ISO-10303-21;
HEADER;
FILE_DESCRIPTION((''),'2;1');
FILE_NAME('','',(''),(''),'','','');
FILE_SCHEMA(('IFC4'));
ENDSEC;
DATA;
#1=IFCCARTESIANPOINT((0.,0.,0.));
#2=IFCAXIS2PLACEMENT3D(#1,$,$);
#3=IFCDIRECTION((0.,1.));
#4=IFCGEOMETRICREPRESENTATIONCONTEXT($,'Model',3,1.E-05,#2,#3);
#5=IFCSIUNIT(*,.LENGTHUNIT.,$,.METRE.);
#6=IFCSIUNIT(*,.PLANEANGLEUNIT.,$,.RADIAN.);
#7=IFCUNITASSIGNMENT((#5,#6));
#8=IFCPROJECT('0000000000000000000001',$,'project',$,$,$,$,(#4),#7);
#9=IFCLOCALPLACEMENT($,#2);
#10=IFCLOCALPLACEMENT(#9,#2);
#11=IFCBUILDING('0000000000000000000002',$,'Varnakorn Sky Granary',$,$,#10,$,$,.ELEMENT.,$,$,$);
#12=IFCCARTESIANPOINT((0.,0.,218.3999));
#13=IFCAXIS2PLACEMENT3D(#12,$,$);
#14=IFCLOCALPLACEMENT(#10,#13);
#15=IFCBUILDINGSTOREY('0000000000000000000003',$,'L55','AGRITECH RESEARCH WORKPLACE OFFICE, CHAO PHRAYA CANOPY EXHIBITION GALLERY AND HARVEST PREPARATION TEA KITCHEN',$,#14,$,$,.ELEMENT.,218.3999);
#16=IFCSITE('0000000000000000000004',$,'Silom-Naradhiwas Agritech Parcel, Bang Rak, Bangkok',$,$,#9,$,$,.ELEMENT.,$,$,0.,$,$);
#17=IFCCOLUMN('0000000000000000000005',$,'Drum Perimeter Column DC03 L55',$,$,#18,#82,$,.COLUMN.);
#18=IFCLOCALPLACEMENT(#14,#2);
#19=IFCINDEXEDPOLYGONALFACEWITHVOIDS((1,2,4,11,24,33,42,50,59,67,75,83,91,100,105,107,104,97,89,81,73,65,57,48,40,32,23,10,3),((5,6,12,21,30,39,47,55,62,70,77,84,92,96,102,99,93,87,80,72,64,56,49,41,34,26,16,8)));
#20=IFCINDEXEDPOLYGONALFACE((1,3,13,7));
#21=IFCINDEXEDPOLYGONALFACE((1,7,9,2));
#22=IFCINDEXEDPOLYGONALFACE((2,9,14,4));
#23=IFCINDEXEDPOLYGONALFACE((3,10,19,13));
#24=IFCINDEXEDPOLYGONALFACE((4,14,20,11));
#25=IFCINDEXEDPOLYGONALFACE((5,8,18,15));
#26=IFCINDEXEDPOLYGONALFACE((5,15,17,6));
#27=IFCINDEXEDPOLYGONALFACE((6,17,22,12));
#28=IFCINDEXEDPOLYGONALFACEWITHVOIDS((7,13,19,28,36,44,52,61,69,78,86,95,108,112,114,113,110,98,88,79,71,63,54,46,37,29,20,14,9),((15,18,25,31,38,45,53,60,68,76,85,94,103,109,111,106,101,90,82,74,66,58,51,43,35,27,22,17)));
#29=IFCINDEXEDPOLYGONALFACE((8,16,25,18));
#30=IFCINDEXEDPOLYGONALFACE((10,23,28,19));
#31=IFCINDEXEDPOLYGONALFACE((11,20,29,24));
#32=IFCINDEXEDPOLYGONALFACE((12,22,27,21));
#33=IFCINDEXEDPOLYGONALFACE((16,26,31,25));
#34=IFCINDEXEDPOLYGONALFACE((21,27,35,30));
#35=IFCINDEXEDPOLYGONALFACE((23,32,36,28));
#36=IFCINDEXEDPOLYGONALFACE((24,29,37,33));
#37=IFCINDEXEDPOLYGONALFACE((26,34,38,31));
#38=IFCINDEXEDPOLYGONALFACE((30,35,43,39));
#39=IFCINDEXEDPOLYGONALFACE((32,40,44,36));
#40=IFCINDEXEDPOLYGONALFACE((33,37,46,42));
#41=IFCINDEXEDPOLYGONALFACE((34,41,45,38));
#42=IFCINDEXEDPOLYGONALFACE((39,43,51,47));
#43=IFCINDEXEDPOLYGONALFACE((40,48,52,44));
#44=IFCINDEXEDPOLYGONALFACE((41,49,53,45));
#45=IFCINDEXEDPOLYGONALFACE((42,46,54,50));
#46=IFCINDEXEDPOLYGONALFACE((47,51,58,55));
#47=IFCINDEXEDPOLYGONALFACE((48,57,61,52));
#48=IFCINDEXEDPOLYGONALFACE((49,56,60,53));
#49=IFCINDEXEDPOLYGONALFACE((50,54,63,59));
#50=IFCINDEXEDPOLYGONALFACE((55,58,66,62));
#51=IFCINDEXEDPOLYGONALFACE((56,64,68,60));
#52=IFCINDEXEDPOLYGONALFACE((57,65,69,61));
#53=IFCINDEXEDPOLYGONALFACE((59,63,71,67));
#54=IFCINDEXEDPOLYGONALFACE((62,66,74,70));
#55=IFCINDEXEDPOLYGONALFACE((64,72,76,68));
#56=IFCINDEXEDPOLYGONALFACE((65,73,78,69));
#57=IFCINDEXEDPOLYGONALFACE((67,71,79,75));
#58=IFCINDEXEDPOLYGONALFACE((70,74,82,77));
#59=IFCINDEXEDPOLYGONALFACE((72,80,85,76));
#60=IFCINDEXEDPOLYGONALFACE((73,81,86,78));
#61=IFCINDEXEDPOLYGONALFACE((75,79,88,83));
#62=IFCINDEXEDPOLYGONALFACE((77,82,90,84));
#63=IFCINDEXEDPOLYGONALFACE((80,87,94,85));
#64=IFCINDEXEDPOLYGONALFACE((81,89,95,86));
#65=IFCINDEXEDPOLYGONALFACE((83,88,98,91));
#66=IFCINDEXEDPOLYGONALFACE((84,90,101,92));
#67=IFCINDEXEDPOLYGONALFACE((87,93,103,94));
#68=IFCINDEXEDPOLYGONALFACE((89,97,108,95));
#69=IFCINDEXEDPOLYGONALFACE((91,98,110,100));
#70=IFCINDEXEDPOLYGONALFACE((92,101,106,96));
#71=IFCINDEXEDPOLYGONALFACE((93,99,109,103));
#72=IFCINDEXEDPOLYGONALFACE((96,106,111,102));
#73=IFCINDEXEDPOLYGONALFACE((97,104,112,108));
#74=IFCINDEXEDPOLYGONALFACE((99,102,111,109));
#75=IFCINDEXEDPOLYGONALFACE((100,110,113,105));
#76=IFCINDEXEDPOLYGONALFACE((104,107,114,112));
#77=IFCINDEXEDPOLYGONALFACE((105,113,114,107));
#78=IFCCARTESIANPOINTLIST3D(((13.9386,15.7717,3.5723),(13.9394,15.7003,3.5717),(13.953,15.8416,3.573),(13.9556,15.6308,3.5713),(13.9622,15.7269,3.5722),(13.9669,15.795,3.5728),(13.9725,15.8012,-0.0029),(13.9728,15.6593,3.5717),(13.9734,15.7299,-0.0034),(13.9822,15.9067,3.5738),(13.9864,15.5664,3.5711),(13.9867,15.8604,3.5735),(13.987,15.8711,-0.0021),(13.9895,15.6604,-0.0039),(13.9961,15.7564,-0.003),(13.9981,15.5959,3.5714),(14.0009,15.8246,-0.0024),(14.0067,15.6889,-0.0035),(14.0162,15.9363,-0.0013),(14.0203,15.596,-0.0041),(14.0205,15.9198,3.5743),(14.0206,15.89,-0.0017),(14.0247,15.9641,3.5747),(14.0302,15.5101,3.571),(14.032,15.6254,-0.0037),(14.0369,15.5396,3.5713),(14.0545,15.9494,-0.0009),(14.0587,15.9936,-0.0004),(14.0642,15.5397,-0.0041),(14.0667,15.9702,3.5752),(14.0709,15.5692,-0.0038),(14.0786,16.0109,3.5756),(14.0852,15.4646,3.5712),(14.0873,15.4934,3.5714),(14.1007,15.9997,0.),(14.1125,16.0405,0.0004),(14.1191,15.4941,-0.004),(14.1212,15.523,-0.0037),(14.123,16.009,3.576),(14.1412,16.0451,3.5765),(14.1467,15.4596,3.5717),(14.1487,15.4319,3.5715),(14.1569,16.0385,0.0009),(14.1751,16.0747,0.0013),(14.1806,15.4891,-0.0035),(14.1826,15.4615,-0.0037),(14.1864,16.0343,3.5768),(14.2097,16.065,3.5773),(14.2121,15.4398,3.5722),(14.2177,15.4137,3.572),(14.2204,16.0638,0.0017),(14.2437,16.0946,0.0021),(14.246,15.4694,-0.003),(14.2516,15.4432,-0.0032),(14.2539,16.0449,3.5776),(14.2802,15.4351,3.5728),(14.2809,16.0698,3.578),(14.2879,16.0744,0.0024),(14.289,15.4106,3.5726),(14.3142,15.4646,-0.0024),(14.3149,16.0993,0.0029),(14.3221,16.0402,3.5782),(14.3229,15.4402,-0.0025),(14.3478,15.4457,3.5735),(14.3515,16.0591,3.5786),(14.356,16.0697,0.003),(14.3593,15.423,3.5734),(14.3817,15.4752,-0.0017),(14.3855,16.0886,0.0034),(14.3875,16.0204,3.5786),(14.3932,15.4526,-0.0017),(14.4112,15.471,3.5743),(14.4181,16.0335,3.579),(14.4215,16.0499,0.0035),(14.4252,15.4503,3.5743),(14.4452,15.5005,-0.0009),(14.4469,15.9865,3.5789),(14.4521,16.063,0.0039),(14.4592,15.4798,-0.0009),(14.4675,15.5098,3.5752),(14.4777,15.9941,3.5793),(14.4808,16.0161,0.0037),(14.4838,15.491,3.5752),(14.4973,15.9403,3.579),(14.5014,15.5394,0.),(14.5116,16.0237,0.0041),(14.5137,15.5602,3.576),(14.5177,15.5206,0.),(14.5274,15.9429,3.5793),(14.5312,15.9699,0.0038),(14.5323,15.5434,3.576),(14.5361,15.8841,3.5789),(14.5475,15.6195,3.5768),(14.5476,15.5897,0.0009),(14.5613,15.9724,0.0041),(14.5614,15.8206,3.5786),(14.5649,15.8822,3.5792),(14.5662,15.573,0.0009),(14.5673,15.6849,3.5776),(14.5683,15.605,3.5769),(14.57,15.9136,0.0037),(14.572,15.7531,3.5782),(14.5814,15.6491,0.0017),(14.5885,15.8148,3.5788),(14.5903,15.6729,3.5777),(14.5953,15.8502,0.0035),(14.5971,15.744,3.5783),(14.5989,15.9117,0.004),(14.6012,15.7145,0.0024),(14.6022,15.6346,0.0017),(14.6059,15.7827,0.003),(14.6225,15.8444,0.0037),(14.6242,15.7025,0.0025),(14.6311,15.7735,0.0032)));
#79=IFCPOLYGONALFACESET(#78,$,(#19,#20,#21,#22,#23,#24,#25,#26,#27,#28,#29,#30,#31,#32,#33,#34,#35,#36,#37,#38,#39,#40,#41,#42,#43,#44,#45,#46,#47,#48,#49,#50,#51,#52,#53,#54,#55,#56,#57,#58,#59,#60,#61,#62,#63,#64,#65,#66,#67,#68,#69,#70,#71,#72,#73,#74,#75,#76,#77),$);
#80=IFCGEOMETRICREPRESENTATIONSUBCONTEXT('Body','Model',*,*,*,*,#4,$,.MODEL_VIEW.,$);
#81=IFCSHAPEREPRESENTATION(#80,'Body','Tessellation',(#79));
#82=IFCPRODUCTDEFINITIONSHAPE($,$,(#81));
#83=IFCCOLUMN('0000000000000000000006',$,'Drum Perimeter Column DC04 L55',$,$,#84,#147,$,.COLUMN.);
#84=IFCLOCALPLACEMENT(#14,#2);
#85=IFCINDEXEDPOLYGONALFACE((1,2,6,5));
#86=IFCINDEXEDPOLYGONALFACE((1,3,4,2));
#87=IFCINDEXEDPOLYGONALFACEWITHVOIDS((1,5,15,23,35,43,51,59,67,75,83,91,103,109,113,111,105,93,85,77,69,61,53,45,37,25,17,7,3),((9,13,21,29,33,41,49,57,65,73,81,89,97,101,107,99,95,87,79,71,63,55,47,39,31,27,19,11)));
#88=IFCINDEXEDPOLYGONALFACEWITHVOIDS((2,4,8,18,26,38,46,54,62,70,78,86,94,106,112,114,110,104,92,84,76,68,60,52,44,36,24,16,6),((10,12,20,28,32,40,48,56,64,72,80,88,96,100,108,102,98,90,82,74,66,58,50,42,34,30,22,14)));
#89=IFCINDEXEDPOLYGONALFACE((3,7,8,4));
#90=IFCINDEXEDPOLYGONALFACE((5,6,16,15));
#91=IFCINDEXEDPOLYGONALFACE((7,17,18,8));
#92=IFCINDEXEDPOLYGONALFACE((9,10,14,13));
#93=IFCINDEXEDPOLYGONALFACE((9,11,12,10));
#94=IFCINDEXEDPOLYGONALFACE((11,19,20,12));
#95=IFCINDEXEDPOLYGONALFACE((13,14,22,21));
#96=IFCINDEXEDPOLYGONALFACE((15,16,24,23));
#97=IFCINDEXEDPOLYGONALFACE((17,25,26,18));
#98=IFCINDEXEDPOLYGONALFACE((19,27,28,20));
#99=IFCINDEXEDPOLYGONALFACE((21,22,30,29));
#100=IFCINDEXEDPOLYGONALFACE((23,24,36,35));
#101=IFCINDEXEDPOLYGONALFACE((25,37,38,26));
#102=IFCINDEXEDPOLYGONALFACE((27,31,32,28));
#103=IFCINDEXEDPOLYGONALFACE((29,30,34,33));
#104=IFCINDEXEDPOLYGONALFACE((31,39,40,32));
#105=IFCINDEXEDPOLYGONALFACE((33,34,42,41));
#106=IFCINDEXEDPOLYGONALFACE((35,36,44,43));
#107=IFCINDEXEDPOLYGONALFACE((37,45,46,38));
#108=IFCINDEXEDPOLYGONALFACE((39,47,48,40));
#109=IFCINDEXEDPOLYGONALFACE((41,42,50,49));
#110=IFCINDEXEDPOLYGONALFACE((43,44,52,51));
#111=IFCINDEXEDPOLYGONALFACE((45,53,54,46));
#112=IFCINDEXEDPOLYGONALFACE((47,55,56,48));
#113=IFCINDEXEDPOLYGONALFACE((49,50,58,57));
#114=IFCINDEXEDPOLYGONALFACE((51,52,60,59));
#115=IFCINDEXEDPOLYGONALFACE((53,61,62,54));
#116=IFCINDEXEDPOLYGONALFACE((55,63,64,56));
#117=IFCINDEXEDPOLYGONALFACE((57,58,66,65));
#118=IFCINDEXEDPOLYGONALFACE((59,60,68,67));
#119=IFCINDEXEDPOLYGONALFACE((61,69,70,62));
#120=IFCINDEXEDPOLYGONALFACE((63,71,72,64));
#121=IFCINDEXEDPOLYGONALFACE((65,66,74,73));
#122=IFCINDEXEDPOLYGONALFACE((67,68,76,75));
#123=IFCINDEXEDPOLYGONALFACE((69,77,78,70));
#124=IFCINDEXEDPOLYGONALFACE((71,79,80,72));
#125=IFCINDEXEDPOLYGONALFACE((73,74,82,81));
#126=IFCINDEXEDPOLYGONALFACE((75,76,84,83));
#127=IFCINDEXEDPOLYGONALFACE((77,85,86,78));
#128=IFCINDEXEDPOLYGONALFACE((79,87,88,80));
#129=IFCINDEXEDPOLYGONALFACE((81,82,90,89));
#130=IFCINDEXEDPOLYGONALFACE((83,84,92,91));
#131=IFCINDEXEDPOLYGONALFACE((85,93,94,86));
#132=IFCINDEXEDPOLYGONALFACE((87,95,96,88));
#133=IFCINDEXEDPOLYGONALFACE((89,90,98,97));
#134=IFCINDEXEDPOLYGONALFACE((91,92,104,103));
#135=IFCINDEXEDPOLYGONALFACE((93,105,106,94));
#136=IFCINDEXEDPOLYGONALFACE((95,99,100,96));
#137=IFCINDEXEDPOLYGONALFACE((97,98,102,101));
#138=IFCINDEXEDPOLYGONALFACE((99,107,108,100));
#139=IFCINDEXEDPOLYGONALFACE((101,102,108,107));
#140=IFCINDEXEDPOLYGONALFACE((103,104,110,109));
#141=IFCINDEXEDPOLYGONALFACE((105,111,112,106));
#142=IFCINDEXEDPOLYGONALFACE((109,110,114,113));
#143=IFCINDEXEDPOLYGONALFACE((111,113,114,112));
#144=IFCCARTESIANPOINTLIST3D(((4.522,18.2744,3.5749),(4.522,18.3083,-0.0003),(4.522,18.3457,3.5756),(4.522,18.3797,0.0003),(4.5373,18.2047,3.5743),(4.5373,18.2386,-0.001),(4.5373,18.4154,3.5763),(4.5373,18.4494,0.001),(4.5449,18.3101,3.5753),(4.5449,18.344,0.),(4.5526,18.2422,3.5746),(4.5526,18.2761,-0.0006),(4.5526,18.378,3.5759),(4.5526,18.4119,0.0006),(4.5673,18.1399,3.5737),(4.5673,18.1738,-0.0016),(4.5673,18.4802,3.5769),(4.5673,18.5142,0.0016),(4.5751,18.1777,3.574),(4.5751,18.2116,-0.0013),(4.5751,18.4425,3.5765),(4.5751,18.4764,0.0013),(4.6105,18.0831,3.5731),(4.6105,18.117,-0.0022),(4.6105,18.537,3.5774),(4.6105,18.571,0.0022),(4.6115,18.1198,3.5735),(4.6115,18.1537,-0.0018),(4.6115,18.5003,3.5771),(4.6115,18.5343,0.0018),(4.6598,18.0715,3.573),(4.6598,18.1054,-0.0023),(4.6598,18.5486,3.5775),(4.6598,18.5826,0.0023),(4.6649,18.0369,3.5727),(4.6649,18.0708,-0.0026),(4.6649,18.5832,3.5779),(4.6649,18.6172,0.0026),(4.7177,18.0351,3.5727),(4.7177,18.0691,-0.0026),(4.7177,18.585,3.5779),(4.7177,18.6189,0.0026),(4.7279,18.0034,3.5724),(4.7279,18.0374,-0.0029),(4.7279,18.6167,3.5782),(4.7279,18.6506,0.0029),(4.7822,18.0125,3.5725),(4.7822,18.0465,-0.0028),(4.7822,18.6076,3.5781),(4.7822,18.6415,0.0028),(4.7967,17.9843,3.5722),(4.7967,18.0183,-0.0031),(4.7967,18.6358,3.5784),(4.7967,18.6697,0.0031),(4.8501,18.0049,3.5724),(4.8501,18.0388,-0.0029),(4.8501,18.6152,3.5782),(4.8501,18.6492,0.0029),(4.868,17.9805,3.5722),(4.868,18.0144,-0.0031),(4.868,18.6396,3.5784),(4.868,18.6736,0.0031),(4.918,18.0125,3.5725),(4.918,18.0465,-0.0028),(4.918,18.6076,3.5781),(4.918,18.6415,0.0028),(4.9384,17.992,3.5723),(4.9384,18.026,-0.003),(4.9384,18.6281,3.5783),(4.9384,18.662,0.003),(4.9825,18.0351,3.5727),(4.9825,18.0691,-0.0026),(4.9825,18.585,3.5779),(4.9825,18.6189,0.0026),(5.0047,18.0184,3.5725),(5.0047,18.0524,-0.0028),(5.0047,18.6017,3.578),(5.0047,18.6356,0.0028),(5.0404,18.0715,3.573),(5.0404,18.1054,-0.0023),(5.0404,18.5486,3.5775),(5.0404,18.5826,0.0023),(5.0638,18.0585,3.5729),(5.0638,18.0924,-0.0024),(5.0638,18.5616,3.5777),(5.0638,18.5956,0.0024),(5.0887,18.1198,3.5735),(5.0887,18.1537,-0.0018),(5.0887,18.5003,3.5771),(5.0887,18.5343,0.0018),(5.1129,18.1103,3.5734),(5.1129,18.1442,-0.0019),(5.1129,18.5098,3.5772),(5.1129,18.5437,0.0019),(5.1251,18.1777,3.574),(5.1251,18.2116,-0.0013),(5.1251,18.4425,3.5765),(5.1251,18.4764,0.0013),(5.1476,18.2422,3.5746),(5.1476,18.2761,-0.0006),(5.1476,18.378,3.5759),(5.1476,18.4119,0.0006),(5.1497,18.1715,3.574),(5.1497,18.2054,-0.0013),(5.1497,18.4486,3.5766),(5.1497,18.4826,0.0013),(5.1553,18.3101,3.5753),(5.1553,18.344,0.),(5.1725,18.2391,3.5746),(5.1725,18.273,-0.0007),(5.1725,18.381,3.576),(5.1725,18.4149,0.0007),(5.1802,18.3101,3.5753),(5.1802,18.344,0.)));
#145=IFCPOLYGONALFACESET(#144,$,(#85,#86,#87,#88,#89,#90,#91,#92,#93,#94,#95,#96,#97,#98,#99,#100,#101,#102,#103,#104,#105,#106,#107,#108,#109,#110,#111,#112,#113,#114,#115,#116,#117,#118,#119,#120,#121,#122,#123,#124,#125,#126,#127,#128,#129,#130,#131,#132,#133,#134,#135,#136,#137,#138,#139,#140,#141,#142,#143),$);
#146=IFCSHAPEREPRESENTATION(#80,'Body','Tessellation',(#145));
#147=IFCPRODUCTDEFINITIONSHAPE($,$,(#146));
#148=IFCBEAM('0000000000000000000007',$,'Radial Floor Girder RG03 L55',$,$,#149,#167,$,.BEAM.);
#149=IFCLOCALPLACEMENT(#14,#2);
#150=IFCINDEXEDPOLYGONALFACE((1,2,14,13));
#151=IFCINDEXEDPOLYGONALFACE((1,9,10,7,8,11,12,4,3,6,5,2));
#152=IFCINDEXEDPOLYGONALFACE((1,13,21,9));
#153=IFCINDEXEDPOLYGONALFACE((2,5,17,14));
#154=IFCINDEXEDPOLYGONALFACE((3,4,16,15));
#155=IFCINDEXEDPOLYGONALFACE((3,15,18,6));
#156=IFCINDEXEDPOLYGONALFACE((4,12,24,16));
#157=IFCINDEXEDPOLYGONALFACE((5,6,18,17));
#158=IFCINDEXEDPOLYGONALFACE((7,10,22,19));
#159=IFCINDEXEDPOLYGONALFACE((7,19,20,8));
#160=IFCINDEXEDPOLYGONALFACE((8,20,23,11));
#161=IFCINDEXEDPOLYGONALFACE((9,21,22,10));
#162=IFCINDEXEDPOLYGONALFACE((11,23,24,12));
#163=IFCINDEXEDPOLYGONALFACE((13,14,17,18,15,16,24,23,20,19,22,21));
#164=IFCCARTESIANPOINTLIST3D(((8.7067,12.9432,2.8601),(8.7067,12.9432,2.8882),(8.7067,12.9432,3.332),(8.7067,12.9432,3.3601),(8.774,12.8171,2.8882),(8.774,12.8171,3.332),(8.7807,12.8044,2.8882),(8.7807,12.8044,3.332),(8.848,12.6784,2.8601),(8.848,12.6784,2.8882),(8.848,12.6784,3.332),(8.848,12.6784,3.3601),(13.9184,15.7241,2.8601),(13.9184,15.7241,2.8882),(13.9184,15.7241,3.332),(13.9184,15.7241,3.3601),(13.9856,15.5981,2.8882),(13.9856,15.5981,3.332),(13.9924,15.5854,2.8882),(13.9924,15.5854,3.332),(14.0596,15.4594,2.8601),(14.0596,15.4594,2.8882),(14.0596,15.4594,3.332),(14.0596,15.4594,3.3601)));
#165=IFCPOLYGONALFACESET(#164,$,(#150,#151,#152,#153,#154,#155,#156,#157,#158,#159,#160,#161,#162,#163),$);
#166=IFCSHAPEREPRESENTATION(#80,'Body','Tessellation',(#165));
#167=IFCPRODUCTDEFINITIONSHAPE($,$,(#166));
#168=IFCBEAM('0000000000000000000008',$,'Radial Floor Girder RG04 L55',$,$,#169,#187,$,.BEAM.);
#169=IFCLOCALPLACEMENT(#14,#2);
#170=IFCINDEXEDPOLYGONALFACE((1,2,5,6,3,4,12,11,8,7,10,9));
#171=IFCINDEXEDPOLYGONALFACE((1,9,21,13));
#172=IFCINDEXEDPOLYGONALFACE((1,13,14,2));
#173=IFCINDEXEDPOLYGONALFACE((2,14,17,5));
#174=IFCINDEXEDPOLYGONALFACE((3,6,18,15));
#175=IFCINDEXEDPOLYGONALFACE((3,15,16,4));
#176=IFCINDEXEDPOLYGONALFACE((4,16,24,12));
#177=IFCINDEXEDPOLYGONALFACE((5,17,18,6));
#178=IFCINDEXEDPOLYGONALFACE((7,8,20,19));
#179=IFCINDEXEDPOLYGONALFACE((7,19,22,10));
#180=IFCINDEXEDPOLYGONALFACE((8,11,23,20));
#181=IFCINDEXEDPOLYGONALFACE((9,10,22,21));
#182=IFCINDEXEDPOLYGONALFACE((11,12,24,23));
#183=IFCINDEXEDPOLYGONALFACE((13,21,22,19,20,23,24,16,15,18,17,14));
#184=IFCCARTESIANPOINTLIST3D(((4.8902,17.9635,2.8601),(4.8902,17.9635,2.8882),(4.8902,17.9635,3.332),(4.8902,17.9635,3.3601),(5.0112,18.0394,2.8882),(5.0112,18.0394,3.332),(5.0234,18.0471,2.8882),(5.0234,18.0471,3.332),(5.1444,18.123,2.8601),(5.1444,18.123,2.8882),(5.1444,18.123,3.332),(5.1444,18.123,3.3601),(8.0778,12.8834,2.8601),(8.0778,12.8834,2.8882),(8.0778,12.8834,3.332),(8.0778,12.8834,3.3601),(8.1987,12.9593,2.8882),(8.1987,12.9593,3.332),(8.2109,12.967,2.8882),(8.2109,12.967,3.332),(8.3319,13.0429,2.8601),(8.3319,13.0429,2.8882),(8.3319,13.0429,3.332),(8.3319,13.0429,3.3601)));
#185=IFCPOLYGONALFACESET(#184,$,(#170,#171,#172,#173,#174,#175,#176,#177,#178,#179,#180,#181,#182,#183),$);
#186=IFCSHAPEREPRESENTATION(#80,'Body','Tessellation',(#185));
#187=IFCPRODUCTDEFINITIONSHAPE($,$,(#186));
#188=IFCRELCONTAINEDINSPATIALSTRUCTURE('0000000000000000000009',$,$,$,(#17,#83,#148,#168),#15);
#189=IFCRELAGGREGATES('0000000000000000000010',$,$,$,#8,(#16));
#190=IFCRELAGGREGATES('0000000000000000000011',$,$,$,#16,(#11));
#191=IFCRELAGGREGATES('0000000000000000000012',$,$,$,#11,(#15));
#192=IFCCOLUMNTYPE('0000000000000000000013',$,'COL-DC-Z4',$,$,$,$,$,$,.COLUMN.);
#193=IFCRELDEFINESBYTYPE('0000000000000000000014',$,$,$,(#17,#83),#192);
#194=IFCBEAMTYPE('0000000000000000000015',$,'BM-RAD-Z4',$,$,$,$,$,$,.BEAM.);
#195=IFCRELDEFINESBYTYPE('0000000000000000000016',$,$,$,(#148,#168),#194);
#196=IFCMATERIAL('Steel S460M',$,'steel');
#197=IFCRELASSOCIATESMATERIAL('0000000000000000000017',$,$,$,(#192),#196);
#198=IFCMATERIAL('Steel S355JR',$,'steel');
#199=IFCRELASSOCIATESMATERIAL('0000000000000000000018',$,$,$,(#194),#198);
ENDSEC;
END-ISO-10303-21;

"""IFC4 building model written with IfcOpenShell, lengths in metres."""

from ifc_helpers import new_model, si_unit, direction, frame, origin, origin_2d, place, context, subcontext, project, spatial, hollow_circle, i_section, extrude, material, material_profile, profile_set, type_object, element, save


model = new_model("IFC4")

# Units and contexts
model_context = context("Model", 3, precision=1e-05, world=origin(), true_north=direction((0.0, 1.0)))
body_context = subcontext(model_context, "Body", "Model", "MODEL_VIEW")
ifc_project = project(units=[si_unit("LENGTHUNIT", "METRE"), si_unit("PLANEANGLEUNIT", "RADIAN")], contexts=[model_context])

# Site, building, storey
site_placement = place(None, origin())
site = spatial("IfcSite", under=ifc_project, at=site_placement, Name="Silom-Naradhiwas Agritech Parcel, Bang Rak, Bangkok", CompositionType="ELEMENT", RefElevation=0.0)
building_placement = place(site_placement, origin())
building = spatial("IfcBuilding", under=site, at=building_placement, Name="Varnakorn Sky Granary", CompositionType="ELEMENT")
storey_placement = place(building_placement, frame((0.0, 0.0, 218.3999)))
storey = spatial("IfcBuildingStorey", under=building, at=storey_placement, Name="L55", Description="AGRITECH RESEARCH WORKPLACE OFFICE, CHAO PHRAYA CANOPY EXHIBITION GALLERY AND HARVEST PREPARATION TEA KITCHEN", CompositionType="ELEMENT", Elevation=218.3999)

# Columns
ifc_material_1 = material(Name="Steel S460M", Category="steel")
ifc_material_profile_1 = material_profile(ifc_material_1, hollow_circle(Radius=0.3301, WallThickness=0.0249, at=origin_2d()), Name="CHS 660x25")
ifc_profile_set_1 = profile_set([ifc_material_profile_1], Name="Steel S460M")
column_type = type_object("IfcColumnType", Name="COL-DC-Z4", PredefinedType="COLUMN", material=ifc_profile_set_1)
for number, where, z_axis, x_axis, name in (
    (1, (14.301, 15.7695, 0.0), (-0.009491, -0.008262, 0.999921), (0.656582, -0.754255, 0.0), "Drum Perimeter Column DC03 L55"),
    (2, (4.8501, 18.344, 0.0), (0.0, -0.009492, 0.999955), (1.0, 0.0, 0.0), "Drum Perimeter Column DC04 L55"),
):
    element("IfcColumn", number, at=place(storey_placement, frame(where, z_axis=z_axis, x_axis=x_axis)), inside=storey, type_object=column_type, Name=name, PredefinedType="COLUMN", context=body_context, shape_type="SweptSolid", body=[
        extrude(hollow_circle(Radius=0.3301, WallThickness=0.0249, at=origin_2d()), origin(), (0.0, 0.0, 1.0), 3.5754),
    ])

# Beams
ifc_material_2 = material(Name="Steel S355JR", Category="steel")
ifc_material_profile_2 = material_profile(ifc_material_2, i_section(OverallWidth=0.3, OverallDepth=0.5, WebThickness=0.0144, FlangeThickness=0.0281, at=origin_2d()), Name="HE 500 B")
ifc_profile_set_2 = profile_set([ifc_material_profile_2], Name="Steel S355JR")
beam_type_1 = type_object("IfcBeamType", Name="BM-RAD-Z4", PredefinedType="BEAM", material=ifc_profile_set_2)
beam_1_placement = place(storey_placement, frame((8.7773, 12.8108, 3.1101), z_axis=(0.882251, 0.470779, 0.0), x_axis=(-0.470779, 0.882251, 0.0)))
element("IfcBeam", 3, at=beam_1_placement, inside=storey, type_object=beam_type_1, Name="Radial Floor Girder RG03 L55", PredefinedType="BEAM", context=body_context, shape_type="SweptSolid", body=[
    extrude(i_section(OverallWidth=0.3, OverallDepth=0.5, WebThickness=0.0144, FlangeThickness=0.0281, at=origin_2d()), origin(), (0.0, 0.0, 1.0), 5.9072),
])
beam_2_placement = place(storey_placement, frame((8.2048, 12.9631, 3.1101), z_axis=(-0.531491, 0.847064, 0.0), x_axis=(-0.847064, -0.531491, 0.0)))
element("IfcBeam", 4, at=beam_2_placement, inside=storey, type_object=beam_type_1, Name="Radial Floor Girder RG04 L55", PredefinedType="BEAM", context=body_context, shape_type="SweptSolid", body=[
    extrude(i_section(OverallWidth=0.3, OverallDepth=0.5, WebThickness=0.0144, FlangeThickness=0.0281, at=origin_2d()), origin(), (0.0, 0.0, 1.0), 5.9973),
])

save(model, "model.ifc")
